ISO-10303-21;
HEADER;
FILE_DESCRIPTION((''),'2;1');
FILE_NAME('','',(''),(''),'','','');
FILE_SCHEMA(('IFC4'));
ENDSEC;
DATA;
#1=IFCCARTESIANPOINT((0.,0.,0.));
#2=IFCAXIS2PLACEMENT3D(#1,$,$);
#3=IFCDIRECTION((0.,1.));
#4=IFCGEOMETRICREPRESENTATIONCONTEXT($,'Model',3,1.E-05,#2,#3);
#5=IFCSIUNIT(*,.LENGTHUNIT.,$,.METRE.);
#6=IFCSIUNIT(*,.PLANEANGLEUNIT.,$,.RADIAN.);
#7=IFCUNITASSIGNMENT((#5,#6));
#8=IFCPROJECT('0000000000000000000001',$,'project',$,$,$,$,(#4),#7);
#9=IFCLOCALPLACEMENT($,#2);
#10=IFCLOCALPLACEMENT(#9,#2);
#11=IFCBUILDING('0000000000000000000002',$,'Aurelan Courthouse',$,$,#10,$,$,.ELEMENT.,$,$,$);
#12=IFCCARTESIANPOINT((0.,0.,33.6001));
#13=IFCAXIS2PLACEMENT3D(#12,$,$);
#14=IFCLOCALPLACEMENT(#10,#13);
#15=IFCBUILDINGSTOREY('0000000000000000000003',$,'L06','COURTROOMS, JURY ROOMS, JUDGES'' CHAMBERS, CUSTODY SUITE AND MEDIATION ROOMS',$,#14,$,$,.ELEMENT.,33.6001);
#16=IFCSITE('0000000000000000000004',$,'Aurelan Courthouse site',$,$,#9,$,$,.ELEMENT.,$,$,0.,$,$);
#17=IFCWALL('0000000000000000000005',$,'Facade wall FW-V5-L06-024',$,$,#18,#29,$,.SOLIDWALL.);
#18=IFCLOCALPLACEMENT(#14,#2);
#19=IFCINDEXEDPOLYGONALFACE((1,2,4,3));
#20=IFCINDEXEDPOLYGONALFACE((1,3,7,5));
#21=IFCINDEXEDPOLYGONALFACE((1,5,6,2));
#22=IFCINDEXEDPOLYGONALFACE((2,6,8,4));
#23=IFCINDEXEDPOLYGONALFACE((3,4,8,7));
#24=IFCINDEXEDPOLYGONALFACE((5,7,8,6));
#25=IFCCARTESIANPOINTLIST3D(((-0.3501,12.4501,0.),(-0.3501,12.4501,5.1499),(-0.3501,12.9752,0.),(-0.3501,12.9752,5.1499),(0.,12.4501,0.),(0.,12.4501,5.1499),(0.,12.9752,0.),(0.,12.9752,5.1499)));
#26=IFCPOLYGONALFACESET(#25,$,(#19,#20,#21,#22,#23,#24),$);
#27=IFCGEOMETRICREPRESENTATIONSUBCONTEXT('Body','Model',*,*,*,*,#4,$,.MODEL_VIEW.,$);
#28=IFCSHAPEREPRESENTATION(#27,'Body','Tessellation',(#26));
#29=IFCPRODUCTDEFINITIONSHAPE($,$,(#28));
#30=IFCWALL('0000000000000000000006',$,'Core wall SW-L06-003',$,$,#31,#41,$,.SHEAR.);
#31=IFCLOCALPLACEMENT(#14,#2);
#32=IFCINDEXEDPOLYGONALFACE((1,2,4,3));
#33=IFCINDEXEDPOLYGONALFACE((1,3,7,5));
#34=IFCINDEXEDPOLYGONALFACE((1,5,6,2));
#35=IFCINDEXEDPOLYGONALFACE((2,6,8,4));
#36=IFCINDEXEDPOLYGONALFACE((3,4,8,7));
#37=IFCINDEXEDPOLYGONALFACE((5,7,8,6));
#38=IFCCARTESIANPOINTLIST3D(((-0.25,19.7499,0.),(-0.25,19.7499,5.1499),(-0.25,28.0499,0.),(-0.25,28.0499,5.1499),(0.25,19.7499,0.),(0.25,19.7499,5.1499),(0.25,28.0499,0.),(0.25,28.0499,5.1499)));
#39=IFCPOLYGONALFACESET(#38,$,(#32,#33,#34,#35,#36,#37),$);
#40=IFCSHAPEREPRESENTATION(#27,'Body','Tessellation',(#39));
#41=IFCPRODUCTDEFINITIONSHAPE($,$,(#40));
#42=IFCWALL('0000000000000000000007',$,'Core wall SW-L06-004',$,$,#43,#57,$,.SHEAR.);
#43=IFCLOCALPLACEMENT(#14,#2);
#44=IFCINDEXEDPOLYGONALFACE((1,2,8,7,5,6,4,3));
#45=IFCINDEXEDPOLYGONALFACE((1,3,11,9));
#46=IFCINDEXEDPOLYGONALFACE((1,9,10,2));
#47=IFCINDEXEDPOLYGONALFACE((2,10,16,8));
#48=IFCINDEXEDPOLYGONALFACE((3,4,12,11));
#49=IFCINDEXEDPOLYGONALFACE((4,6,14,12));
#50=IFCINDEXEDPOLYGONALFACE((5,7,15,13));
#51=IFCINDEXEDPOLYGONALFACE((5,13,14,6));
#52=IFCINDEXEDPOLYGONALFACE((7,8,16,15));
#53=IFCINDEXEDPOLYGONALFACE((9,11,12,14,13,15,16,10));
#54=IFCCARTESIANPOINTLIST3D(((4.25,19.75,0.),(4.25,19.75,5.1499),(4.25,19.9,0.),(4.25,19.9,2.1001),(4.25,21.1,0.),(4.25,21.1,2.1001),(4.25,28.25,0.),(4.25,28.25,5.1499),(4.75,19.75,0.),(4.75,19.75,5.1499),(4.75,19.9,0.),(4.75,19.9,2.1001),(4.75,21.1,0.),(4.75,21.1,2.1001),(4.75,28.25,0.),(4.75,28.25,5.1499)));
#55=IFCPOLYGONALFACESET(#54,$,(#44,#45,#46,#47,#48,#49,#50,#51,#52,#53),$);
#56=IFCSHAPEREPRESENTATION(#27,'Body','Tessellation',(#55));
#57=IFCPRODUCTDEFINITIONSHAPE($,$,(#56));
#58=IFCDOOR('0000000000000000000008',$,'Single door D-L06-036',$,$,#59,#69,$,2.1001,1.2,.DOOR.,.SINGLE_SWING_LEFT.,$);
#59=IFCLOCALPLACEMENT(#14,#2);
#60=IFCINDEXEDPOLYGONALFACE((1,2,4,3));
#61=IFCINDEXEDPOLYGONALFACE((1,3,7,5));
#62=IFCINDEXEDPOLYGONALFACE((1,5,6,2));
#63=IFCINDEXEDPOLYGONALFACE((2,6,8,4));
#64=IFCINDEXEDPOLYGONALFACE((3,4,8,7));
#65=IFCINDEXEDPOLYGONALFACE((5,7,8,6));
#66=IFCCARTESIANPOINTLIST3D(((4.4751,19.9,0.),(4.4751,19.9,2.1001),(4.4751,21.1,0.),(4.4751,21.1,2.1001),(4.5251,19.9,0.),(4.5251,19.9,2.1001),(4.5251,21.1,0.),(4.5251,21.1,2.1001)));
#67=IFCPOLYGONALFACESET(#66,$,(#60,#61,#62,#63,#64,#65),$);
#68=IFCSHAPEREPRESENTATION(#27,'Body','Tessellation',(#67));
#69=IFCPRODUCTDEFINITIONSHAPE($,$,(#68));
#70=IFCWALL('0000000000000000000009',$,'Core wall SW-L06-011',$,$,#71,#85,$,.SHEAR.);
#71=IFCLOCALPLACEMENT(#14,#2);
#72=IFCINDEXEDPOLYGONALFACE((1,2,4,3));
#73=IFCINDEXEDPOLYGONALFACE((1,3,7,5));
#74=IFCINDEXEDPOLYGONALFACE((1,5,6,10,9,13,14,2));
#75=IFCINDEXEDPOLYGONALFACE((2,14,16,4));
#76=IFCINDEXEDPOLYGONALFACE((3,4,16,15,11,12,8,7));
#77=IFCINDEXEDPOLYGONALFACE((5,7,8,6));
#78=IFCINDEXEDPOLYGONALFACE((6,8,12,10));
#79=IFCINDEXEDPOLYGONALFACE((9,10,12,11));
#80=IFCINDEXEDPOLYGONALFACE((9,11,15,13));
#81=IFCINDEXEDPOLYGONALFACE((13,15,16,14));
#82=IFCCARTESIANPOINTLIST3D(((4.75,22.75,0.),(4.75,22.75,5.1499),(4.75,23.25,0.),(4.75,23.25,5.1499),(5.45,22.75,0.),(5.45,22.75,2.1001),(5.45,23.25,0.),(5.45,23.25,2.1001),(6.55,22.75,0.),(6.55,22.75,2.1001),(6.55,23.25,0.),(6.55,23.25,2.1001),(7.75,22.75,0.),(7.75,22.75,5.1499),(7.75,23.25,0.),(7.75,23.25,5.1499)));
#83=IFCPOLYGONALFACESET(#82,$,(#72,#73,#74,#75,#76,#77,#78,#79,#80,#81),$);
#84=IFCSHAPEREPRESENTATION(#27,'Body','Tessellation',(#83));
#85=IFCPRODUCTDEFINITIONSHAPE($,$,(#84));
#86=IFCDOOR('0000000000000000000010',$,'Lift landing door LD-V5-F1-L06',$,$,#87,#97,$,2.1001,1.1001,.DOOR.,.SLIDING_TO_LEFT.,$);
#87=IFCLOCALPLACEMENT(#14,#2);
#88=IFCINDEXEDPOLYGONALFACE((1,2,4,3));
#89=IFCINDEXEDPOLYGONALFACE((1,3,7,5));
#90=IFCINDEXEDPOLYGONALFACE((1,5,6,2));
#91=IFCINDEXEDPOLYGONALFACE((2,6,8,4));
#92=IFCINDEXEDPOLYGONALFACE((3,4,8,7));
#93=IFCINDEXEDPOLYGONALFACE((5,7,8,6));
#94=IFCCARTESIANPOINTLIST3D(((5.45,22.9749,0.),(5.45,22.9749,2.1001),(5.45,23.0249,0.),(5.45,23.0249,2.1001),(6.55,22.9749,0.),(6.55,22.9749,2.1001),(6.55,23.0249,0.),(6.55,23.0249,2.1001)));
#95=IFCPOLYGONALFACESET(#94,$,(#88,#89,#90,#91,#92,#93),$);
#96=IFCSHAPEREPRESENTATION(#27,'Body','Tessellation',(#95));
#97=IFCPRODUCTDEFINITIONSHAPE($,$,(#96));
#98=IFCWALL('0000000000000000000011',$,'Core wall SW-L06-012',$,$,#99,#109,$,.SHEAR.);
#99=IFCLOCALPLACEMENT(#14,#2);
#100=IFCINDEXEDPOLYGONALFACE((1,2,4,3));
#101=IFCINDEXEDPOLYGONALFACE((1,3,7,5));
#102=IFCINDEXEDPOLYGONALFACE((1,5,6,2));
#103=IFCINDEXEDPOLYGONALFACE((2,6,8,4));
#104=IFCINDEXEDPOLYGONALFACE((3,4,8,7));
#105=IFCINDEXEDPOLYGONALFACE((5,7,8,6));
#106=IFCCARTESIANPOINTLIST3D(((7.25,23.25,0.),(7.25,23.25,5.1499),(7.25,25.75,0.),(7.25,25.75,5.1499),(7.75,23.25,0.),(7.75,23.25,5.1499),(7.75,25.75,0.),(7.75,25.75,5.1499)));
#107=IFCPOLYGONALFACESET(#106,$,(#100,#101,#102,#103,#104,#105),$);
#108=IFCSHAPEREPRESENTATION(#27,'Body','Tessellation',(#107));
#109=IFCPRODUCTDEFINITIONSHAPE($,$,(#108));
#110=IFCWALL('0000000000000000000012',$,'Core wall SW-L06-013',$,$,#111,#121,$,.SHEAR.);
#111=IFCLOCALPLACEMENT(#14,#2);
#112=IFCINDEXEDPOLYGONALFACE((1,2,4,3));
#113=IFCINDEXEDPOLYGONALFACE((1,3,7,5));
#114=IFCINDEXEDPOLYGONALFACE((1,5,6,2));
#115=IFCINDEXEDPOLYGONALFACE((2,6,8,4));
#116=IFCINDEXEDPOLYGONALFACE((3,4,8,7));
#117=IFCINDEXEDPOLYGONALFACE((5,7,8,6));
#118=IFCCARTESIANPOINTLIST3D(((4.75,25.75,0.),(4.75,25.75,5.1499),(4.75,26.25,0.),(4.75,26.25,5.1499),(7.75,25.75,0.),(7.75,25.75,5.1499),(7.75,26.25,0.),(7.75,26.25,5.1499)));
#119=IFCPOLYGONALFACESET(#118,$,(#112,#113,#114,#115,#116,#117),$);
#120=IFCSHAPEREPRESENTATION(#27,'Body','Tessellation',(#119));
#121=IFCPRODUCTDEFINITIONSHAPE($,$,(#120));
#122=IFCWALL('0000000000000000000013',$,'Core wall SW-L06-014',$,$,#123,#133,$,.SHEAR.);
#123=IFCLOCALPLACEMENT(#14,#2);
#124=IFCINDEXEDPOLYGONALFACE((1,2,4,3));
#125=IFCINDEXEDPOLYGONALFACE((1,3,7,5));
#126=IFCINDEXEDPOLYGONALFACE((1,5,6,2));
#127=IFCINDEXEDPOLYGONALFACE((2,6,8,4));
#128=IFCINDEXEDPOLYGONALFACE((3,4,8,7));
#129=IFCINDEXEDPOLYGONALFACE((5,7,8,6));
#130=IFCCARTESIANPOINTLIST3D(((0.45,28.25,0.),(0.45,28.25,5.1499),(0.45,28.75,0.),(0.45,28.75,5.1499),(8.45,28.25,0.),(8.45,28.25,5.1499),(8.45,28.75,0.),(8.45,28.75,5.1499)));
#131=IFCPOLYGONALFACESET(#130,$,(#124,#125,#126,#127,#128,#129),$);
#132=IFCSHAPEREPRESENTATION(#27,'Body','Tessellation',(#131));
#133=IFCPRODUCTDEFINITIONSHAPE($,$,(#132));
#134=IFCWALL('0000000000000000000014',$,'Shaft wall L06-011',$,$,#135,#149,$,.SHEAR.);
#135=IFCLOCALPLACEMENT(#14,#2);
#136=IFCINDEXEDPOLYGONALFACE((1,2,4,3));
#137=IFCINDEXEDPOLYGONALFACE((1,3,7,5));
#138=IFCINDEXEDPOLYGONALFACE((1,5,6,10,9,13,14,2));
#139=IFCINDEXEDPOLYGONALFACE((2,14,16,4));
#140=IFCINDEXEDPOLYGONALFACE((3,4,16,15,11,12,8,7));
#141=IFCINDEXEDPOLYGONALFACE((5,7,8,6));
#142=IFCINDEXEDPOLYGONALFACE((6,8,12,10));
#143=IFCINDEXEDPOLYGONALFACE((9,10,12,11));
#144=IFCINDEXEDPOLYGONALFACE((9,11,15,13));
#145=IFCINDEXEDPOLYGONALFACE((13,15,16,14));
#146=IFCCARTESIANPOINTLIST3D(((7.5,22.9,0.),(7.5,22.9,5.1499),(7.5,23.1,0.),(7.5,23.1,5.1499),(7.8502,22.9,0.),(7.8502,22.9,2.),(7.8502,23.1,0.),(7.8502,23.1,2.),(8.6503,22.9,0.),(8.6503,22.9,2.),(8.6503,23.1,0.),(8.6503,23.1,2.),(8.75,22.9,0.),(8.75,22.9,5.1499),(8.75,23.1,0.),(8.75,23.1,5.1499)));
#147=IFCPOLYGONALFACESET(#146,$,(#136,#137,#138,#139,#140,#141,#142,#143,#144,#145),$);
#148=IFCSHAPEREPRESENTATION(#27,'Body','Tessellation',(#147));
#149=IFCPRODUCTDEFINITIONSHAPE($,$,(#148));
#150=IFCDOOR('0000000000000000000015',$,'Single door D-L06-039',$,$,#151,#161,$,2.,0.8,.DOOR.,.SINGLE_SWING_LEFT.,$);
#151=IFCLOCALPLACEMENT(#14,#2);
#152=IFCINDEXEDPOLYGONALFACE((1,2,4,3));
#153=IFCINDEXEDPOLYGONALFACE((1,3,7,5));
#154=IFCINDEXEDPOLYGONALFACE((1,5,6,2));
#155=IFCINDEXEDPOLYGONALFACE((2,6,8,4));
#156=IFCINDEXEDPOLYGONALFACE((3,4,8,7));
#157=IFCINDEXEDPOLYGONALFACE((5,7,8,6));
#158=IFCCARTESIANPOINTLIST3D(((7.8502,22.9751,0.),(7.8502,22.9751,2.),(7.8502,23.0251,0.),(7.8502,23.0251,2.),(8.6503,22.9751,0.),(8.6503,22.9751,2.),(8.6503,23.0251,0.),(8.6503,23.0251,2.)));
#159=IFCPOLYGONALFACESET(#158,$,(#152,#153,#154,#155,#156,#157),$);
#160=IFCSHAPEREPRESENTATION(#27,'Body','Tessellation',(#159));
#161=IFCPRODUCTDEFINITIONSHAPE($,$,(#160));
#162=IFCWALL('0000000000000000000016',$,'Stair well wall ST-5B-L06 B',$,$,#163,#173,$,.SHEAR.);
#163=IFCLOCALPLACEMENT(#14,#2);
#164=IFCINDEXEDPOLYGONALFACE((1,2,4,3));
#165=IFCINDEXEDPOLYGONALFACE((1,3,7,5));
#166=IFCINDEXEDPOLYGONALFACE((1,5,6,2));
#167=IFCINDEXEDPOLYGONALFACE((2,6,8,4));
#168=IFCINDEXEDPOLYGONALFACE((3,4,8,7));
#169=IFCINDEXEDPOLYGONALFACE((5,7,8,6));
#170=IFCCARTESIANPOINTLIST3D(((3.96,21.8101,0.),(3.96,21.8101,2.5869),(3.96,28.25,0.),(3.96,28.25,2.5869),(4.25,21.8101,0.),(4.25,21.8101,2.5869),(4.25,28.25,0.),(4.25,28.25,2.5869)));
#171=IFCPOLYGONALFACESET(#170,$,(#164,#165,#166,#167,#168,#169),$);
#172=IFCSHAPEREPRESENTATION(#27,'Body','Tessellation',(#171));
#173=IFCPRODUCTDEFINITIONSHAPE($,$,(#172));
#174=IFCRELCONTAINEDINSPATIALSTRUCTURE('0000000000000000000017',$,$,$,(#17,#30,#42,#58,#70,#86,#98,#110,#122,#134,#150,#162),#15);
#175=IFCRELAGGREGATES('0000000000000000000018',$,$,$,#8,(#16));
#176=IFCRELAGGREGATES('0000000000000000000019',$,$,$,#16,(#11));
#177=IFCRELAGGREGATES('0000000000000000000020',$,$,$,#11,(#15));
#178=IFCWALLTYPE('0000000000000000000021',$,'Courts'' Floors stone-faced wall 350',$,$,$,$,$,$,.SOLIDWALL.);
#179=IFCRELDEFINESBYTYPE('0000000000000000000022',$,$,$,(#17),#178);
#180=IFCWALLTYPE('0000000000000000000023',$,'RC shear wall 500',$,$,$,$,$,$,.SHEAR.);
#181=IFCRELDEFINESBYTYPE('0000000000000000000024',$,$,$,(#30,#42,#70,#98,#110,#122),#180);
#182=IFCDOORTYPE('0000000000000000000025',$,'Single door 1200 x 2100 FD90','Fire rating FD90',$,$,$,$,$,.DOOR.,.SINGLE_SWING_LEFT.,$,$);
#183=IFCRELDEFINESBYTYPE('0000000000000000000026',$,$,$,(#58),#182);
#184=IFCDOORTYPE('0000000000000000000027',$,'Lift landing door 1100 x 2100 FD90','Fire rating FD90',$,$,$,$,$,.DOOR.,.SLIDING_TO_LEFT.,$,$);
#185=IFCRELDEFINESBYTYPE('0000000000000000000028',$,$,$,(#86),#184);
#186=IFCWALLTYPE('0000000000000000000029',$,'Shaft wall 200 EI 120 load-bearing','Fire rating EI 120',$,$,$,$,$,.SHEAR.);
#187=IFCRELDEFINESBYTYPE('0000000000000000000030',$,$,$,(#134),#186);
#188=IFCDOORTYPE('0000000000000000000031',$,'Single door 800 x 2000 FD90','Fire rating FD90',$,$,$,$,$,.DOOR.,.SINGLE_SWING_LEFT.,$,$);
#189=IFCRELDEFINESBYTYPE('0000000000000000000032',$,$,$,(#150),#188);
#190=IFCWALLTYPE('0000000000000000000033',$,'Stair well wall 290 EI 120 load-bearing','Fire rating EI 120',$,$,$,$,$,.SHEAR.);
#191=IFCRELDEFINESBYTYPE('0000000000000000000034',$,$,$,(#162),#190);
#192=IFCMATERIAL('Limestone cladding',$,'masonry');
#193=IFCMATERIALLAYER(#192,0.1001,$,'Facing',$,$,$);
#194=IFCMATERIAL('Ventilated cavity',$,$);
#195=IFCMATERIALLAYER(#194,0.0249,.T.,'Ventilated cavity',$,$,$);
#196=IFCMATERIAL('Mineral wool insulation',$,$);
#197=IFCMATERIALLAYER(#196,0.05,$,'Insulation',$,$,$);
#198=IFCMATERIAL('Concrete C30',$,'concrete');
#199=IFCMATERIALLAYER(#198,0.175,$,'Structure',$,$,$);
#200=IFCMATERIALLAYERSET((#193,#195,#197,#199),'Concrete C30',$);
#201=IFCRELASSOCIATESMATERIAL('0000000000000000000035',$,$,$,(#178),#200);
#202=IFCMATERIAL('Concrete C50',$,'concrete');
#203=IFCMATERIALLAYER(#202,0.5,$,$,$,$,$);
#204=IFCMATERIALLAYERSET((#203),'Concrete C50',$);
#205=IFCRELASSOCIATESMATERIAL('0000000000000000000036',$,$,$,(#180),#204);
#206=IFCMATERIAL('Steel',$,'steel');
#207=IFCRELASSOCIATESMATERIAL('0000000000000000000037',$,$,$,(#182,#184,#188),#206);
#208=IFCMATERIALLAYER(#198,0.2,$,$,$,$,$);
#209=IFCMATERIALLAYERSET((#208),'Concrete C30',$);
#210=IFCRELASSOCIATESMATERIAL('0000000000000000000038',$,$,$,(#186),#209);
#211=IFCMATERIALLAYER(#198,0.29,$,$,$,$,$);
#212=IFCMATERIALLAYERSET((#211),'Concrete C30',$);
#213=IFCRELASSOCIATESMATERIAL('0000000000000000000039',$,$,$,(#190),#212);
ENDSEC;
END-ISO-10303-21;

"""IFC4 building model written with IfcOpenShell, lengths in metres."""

from ifc_helpers import new_model, si_unit, direction, frame, frame_2d, origin, place, context, subcontext, project, spatial, rectangle, extrude, material, layer, layer_set, type_object, element, fill, save


model = new_model("IFC4")

# Units and contexts
model_context = context("Model", 3, precision=1e-05, world=origin(), true_north=direction((0.0, 1.0)))
body_context = subcontext(model_context, "Body", "Model", "MODEL_VIEW")
ifc_project = project(units=[si_unit("LENGTHUNIT", "METRE"), si_unit("PLANEANGLEUNIT", "RADIAN")], contexts=[model_context])

# Site, building, storey
site_placement = place(None, origin())
site = spatial("IfcSite", under=ifc_project, at=site_placement, Name="Aurelan Courthouse site", CompositionType="ELEMENT", RefElevation=0.0)
building_placement = place(site_placement, origin())
building = spatial("IfcBuilding", under=site, at=building_placement, Name="Aurelan Courthouse", CompositionType="ELEMENT")
storey_placement = place(building_placement, frame((0.0, 0.0, 33.6001)))
storey = spatial("IfcBuildingStorey", under=building, at=storey_placement, Name="L06", Description="COURTROOMS, JURY ROOMS, JUDGES' CHAMBERS, CUSTODY SUITE AND MEDIATION ROOMS", CompositionType="ELEMENT", Elevation=33.6001)

# Shared definitions
ifc_material_1 = material(Name="Concrete C50", Category="concrete")

# Walls
ifc_material_2 = material(Name="Limestone cladding", Category="masonry")
ifc_material_3 = material(Name="Ventilated cavity")
ifc_material_4 = material(Name="Mineral wool insulation")
ifc_material_5 = material(Name="Concrete C30", Category="concrete")
ifc_layer_1 = layer(ifc_material_2, 0.1001, Name="Facing")
ifc_layer_2 = layer(ifc_material_3, 0.0249, ventilated=True, Name="Ventilated cavity")
ifc_layer_3 = layer(ifc_material_4, 0.05, Name="Insulation")
ifc_layer_4 = layer(ifc_material_5, 0.175, Name="Structure")
ifc_layer_set_1 = layer_set([ifc_layer_1, ifc_layer_2, ifc_layer_3, ifc_layer_4], Name="Concrete C30")
wall_type_1 = type_object("IfcWallType", Name="Courts' Floors stone-faced wall 350", PredefinedType="SOLIDWALL", material=ifc_layer_set_1)
wall_1_placement = place(storey_placement, frame((-0.175, 12.45, 0.0), z_axis=(0.0, 0.0, 1.0), x_axis=(0.0, 1.0, 0.0)))
element("IfcWall", 1, at=wall_1_placement, inside=storey, type_object=wall_type_1, Name="Facade wall FW-V5-L06-024", PredefinedType="SOLIDWALL", context=body_context, shape_type="SweptSolid", body=[
    extrude(rectangle(XDim=0.5251, YDim=0.3501, at=frame_2d((0.2627, 0.0))), origin(), (0.0, 0.0, 1.0), 5.1499),
])
ifc_layer_5 = layer(ifc_material_1, 0.5)
ifc_layer_set_2 = layer_set([ifc_layer_5], Name="Concrete C50")
wall_type_2 = type_object("IfcWallType", Name="RC shear wall 500", PredefinedType="SHEAR", material=ifc_layer_set_2)
wall_2_placement = place(storey_placement, frame((0.0, 19.75, 0.0), z_axis=(0.0, 0.0, 1.0), x_axis=(0.0, 1.0, 0.0)))
element("IfcWall", 2, at=wall_2_placement, inside=storey, type_object=wall_type_2, Name="Core wall SW-L06-003", PredefinedType="SHEAR", context=body_context, shape_type="SweptSolid", body=[
    extrude(rectangle(XDim=8.3, YDim=0.5, at=frame_2d((4.1499, 0.0))), origin(), (0.0, 0.0, 1.0), 5.1499),
])

# Walls, openings, doors
wall_3_placement = place(storey_placement, frame((4.5, 19.75, 0.0), z_axis=(0.0, 0.0, 1.0), x_axis=(0.0, 1.0, 0.0)))
wall_3 = element("IfcWall", 3, at=wall_3_placement, inside=storey, type_object=wall_type_2, Name="Core wall SW-L06-004", PredefinedType="SHEAR", context=body_context, shape_type="SweptSolid", body=[
    extrude(rectangle(XDim=8.5, YDim=0.5, at=frame_2d((4.25, 0.0))), origin(), (0.0, 0.0, 1.0), 5.1499),
])
opening_1_placement = place(wall_3_placement, frame((0.1499, 0.0, 0.0)))
opening_1 = element("IfcOpeningElement", 4, at=opening_1_placement, cuts=wall_3, PredefinedType="OPENING", context=body_context, shape_type="SweptSolid", body=[
    extrude(rectangle(XDim=1.2, YDim=2.1001, at=frame_2d((0.6001, 1.05))), frame((0.0, 0.26, 0.0), z_axis=(0.0, -1.0, 0.0), x_axis=(1.0, 0.0, 0.0)), (0.0, 0.0, 1.0), 0.52),
])
ifc_material_6 = material(Name="Steel", Category="steel")
door_type_1 = type_object("IfcDoorType", Name="Single door 1200 x 2100 FD90", Description="Fire rating FD90", OperationType="SINGLE_SWING_LEFT", PredefinedType="DOOR", material=ifc_material_6)
door_1_placement = place(opening_1_placement, origin())
door_1 = element("IfcDoor", 5, at=door_1_placement, inside=storey, type_object=door_type_1, Name="Single door D-L06-036", OperationType="SINGLE_SWING_LEFT", OverallHeight=2.1001, OverallWidth=1.2, PredefinedType="DOOR", context=body_context, shape_type="SweptSolid", body=[
    extrude(rectangle(XDim=1.2, YDim=2.1001, at=frame_2d((0.6001, 1.05))), frame((0.0, 0.0249, 0.0), z_axis=(0.0, -1.0, 0.0), x_axis=(1.0, 0.0, 0.0)), (0.0, 0.0, 1.0), 0.05),
])
fill(opening_1, door_1)
wall_4_placement = place(storey_placement, frame((4.75, 23.0, 0.0), z_axis=(0.0, 0.0, 1.0), x_axis=(1.0, 0.0, 0.0)))
wall_4 = element("IfcWall", 6, at=wall_4_placement, inside=storey, type_object=wall_type_2, Name="Core wall SW-L06-011", PredefinedType="SHEAR", context=body_context, shape_type="SweptSolid", body=[
    extrude(rectangle(XDim=3.0, YDim=0.5, at=frame_2d((1.5, 0.0))), origin(), (0.0, 0.0, 1.0), 5.1499),
])
opening_2_placement = place(wall_4_placement, frame((0.7, 0.0, 0.0)))
opening_2 = element("IfcOpeningElement", 7, at=opening_2_placement, cuts=wall_4, PredefinedType="OPENING", context=body_context, shape_type="SweptSolid", body=[
    extrude(rectangle(XDim=1.1001, YDim=2.1001, at=frame_2d((0.55, 1.05))), frame((0.0, 0.26, 0.0), z_axis=(0.0, -1.0, 0.0), x_axis=(1.0, 0.0, 0.0)), (0.0, 0.0, 1.0), 0.52),
])
door_type_2 = type_object("IfcDoorType", Name="Lift landing door 1100 x 2100 FD90", Description="Fire rating FD90", OperationType="SLIDING_TO_LEFT", PredefinedType="DOOR", material=ifc_material_6)
door_2_placement = place(opening_2_placement, origin())
door_2 = element("IfcDoor", 8, at=door_2_placement, inside=storey, type_object=door_type_2, Name="Lift landing door LD-V5-F1-L06", OperationType="SLIDING_TO_LEFT", OverallHeight=2.1001, OverallWidth=1.1001, PredefinedType="DOOR", context=body_context, shape_type="SweptSolid", body=[
    extrude(rectangle(XDim=1.1001, YDim=2.1001, at=frame_2d((0.55, 1.05))), frame((0.0, 0.0249, 0.0), z_axis=(0.0, -1.0, 0.0), x_axis=(1.0, 0.0, 0.0)), (0.0, 0.0, 1.0), 0.05),
])
fill(opening_2, door_2)

# Walls
wall_5_placement = place(storey_placement, frame((7.5, 23.25, 0.0), z_axis=(0.0, 0.0, 1.0), x_axis=(0.0, 1.0, 0.0)))
element("IfcWall", 9, at=wall_5_placement, inside=storey, type_object=wall_type_2, Name="Core wall SW-L06-012", PredefinedType="SHEAR", context=body_context, shape_type="SweptSolid", body=[
    extrude(rectangle(XDim=2.5, YDim=0.5, at=frame_2d((1.25, 0.0))), origin(), (0.0, 0.0, 1.0), 5.1499),
])
wall_6_placement = place(storey_placement, frame((4.75, 26.0, 0.0), z_axis=(0.0, 0.0, 1.0), x_axis=(1.0, 0.0, 0.0)))
element("IfcWall", 10, at=wall_6_placement, inside=storey, type_object=wall_type_2, Name="Core wall SW-L06-013", PredefinedType="SHEAR", context=body_context, shape_type="SweptSolid", body=[
    extrude(rectangle(XDim=3.0, YDim=0.5, at=frame_2d((1.5, 0.0))), origin(), (0.0, 0.0, 1.0), 5.1499),
])
wall_7_placement = place(storey_placement, frame((0.45, 28.5, 0.0), z_axis=(0.0, 0.0, 1.0), x_axis=(1.0, 0.0, 0.0)))
element("IfcWall", 11, at=wall_7_placement, inside=storey, type_object=wall_type_2, Name="Core wall SW-L06-014", PredefinedType="SHEAR", context=body_context, shape_type="SweptSolid", body=[
    extrude(rectangle(XDim=8.0, YDim=0.5, at=frame_2d((4.0, 0.0))), origin(), (0.0, 0.0, 1.0), 5.1499),
])

# Wall, opening, door
ifc_layer_6 = layer(ifc_material_5, 0.2)
ifc_layer_set_3 = layer_set([ifc_layer_6], Name="Concrete C30")
wall_type_3 = type_object("IfcWallType", Name="Shaft wall 200 EI 120 load-bearing", Description="Fire rating EI 120", PredefinedType="SHEAR", material=ifc_layer_set_3)
wall_8_placement = place(storey_placement, frame((7.5, 23.0, 0.0), z_axis=(0.0, 0.0, 1.0), x_axis=(1.0, 0.0, 0.0)))
wall_8 = element("IfcWall", 12, at=wall_8_placement, inside=storey, type_object=wall_type_3, Name="Shaft wall L06-011", PredefinedType="SHEAR", context=body_context, shape_type="SweptSolid", body=[
    extrude(rectangle(XDim=1.25, YDim=0.2, at=frame_2d((0.625, 0.0))), origin(), (0.0, 0.0, 1.0), 5.1499),
])
opening_3_placement = place(wall_8_placement, frame((1.1501, 0.0, 0.0), z_axis=(0.0, 0.0, 1.0), x_axis=(-1.0, 0.0, 0.0)))
opening_3 = element("IfcOpeningElement", 13, at=opening_3_placement, cuts=wall_8, PredefinedType="OPENING", context=body_context, shape_type="SweptSolid", body=[
    extrude(rectangle(XDim=0.8, YDim=2.0, at=frame_2d((0.3999, 1.0))), frame((0.0, 0.1099, 0.0), z_axis=(0.0, -1.0, 0.0), x_axis=(1.0, 0.0, 0.0)), (0.0, 0.0, 1.0), 0.22),
])
door_type_3 = type_object("IfcDoorType", Name="Single door 800 x 2000 FD90", Description="Fire rating FD90", OperationType="SINGLE_SWING_LEFT", PredefinedType="DOOR", material=ifc_material_6)
door_3_placement = place(opening_3_placement, origin())
door_3 = element("IfcDoor", 14, at=door_3_placement, inside=storey, type_object=door_type_3, Name="Single door D-L06-039", OperationType="SINGLE_SWING_LEFT", OverallHeight=2.0, OverallWidth=0.8, PredefinedType="DOOR", context=body_context, shape_type="SweptSolid", body=[
    extrude(rectangle(XDim=0.8, YDim=2.0, at=frame_2d((0.3999, 1.0))), frame((0.0, 0.0249, 0.0), z_axis=(0.0, -1.0, 0.0), x_axis=(1.0, 0.0, 0.0)), (0.0, 0.0, 1.0), 0.05),
])
fill(opening_3, door_3)

# Wall
ifc_layer_7 = layer(ifc_material_5, 0.29)
ifc_layer_set_4 = layer_set([ifc_layer_7], Name="Concrete C30")
wall_type_4 = type_object("IfcWallType", Name="Stair well wall 290 EI 120 load-bearing", Description="Fire rating EI 120", PredefinedType="SHEAR", material=ifc_layer_set_4)
wall_9_placement = place(storey_placement, frame((4.105, 21.8101, 0.0), z_axis=(0.0, 0.0, 1.0), x_axis=(0.0, 1.0, 0.0)))
element("IfcWall", 15, at=wall_9_placement, inside=storey, type_object=wall_type_4, Name="Stair well wall ST-5B-L06 B", PredefinedType="SHEAR", context=body_context, shape_type="SweptSolid", body=[
    extrude(rectangle(XDim=6.4399, YDim=0.29, at=frame_2d((3.22, 0.0))), origin(), (0.0, 0.0, 1.0), 2.5869),
])

save(model, "model.ifc")
